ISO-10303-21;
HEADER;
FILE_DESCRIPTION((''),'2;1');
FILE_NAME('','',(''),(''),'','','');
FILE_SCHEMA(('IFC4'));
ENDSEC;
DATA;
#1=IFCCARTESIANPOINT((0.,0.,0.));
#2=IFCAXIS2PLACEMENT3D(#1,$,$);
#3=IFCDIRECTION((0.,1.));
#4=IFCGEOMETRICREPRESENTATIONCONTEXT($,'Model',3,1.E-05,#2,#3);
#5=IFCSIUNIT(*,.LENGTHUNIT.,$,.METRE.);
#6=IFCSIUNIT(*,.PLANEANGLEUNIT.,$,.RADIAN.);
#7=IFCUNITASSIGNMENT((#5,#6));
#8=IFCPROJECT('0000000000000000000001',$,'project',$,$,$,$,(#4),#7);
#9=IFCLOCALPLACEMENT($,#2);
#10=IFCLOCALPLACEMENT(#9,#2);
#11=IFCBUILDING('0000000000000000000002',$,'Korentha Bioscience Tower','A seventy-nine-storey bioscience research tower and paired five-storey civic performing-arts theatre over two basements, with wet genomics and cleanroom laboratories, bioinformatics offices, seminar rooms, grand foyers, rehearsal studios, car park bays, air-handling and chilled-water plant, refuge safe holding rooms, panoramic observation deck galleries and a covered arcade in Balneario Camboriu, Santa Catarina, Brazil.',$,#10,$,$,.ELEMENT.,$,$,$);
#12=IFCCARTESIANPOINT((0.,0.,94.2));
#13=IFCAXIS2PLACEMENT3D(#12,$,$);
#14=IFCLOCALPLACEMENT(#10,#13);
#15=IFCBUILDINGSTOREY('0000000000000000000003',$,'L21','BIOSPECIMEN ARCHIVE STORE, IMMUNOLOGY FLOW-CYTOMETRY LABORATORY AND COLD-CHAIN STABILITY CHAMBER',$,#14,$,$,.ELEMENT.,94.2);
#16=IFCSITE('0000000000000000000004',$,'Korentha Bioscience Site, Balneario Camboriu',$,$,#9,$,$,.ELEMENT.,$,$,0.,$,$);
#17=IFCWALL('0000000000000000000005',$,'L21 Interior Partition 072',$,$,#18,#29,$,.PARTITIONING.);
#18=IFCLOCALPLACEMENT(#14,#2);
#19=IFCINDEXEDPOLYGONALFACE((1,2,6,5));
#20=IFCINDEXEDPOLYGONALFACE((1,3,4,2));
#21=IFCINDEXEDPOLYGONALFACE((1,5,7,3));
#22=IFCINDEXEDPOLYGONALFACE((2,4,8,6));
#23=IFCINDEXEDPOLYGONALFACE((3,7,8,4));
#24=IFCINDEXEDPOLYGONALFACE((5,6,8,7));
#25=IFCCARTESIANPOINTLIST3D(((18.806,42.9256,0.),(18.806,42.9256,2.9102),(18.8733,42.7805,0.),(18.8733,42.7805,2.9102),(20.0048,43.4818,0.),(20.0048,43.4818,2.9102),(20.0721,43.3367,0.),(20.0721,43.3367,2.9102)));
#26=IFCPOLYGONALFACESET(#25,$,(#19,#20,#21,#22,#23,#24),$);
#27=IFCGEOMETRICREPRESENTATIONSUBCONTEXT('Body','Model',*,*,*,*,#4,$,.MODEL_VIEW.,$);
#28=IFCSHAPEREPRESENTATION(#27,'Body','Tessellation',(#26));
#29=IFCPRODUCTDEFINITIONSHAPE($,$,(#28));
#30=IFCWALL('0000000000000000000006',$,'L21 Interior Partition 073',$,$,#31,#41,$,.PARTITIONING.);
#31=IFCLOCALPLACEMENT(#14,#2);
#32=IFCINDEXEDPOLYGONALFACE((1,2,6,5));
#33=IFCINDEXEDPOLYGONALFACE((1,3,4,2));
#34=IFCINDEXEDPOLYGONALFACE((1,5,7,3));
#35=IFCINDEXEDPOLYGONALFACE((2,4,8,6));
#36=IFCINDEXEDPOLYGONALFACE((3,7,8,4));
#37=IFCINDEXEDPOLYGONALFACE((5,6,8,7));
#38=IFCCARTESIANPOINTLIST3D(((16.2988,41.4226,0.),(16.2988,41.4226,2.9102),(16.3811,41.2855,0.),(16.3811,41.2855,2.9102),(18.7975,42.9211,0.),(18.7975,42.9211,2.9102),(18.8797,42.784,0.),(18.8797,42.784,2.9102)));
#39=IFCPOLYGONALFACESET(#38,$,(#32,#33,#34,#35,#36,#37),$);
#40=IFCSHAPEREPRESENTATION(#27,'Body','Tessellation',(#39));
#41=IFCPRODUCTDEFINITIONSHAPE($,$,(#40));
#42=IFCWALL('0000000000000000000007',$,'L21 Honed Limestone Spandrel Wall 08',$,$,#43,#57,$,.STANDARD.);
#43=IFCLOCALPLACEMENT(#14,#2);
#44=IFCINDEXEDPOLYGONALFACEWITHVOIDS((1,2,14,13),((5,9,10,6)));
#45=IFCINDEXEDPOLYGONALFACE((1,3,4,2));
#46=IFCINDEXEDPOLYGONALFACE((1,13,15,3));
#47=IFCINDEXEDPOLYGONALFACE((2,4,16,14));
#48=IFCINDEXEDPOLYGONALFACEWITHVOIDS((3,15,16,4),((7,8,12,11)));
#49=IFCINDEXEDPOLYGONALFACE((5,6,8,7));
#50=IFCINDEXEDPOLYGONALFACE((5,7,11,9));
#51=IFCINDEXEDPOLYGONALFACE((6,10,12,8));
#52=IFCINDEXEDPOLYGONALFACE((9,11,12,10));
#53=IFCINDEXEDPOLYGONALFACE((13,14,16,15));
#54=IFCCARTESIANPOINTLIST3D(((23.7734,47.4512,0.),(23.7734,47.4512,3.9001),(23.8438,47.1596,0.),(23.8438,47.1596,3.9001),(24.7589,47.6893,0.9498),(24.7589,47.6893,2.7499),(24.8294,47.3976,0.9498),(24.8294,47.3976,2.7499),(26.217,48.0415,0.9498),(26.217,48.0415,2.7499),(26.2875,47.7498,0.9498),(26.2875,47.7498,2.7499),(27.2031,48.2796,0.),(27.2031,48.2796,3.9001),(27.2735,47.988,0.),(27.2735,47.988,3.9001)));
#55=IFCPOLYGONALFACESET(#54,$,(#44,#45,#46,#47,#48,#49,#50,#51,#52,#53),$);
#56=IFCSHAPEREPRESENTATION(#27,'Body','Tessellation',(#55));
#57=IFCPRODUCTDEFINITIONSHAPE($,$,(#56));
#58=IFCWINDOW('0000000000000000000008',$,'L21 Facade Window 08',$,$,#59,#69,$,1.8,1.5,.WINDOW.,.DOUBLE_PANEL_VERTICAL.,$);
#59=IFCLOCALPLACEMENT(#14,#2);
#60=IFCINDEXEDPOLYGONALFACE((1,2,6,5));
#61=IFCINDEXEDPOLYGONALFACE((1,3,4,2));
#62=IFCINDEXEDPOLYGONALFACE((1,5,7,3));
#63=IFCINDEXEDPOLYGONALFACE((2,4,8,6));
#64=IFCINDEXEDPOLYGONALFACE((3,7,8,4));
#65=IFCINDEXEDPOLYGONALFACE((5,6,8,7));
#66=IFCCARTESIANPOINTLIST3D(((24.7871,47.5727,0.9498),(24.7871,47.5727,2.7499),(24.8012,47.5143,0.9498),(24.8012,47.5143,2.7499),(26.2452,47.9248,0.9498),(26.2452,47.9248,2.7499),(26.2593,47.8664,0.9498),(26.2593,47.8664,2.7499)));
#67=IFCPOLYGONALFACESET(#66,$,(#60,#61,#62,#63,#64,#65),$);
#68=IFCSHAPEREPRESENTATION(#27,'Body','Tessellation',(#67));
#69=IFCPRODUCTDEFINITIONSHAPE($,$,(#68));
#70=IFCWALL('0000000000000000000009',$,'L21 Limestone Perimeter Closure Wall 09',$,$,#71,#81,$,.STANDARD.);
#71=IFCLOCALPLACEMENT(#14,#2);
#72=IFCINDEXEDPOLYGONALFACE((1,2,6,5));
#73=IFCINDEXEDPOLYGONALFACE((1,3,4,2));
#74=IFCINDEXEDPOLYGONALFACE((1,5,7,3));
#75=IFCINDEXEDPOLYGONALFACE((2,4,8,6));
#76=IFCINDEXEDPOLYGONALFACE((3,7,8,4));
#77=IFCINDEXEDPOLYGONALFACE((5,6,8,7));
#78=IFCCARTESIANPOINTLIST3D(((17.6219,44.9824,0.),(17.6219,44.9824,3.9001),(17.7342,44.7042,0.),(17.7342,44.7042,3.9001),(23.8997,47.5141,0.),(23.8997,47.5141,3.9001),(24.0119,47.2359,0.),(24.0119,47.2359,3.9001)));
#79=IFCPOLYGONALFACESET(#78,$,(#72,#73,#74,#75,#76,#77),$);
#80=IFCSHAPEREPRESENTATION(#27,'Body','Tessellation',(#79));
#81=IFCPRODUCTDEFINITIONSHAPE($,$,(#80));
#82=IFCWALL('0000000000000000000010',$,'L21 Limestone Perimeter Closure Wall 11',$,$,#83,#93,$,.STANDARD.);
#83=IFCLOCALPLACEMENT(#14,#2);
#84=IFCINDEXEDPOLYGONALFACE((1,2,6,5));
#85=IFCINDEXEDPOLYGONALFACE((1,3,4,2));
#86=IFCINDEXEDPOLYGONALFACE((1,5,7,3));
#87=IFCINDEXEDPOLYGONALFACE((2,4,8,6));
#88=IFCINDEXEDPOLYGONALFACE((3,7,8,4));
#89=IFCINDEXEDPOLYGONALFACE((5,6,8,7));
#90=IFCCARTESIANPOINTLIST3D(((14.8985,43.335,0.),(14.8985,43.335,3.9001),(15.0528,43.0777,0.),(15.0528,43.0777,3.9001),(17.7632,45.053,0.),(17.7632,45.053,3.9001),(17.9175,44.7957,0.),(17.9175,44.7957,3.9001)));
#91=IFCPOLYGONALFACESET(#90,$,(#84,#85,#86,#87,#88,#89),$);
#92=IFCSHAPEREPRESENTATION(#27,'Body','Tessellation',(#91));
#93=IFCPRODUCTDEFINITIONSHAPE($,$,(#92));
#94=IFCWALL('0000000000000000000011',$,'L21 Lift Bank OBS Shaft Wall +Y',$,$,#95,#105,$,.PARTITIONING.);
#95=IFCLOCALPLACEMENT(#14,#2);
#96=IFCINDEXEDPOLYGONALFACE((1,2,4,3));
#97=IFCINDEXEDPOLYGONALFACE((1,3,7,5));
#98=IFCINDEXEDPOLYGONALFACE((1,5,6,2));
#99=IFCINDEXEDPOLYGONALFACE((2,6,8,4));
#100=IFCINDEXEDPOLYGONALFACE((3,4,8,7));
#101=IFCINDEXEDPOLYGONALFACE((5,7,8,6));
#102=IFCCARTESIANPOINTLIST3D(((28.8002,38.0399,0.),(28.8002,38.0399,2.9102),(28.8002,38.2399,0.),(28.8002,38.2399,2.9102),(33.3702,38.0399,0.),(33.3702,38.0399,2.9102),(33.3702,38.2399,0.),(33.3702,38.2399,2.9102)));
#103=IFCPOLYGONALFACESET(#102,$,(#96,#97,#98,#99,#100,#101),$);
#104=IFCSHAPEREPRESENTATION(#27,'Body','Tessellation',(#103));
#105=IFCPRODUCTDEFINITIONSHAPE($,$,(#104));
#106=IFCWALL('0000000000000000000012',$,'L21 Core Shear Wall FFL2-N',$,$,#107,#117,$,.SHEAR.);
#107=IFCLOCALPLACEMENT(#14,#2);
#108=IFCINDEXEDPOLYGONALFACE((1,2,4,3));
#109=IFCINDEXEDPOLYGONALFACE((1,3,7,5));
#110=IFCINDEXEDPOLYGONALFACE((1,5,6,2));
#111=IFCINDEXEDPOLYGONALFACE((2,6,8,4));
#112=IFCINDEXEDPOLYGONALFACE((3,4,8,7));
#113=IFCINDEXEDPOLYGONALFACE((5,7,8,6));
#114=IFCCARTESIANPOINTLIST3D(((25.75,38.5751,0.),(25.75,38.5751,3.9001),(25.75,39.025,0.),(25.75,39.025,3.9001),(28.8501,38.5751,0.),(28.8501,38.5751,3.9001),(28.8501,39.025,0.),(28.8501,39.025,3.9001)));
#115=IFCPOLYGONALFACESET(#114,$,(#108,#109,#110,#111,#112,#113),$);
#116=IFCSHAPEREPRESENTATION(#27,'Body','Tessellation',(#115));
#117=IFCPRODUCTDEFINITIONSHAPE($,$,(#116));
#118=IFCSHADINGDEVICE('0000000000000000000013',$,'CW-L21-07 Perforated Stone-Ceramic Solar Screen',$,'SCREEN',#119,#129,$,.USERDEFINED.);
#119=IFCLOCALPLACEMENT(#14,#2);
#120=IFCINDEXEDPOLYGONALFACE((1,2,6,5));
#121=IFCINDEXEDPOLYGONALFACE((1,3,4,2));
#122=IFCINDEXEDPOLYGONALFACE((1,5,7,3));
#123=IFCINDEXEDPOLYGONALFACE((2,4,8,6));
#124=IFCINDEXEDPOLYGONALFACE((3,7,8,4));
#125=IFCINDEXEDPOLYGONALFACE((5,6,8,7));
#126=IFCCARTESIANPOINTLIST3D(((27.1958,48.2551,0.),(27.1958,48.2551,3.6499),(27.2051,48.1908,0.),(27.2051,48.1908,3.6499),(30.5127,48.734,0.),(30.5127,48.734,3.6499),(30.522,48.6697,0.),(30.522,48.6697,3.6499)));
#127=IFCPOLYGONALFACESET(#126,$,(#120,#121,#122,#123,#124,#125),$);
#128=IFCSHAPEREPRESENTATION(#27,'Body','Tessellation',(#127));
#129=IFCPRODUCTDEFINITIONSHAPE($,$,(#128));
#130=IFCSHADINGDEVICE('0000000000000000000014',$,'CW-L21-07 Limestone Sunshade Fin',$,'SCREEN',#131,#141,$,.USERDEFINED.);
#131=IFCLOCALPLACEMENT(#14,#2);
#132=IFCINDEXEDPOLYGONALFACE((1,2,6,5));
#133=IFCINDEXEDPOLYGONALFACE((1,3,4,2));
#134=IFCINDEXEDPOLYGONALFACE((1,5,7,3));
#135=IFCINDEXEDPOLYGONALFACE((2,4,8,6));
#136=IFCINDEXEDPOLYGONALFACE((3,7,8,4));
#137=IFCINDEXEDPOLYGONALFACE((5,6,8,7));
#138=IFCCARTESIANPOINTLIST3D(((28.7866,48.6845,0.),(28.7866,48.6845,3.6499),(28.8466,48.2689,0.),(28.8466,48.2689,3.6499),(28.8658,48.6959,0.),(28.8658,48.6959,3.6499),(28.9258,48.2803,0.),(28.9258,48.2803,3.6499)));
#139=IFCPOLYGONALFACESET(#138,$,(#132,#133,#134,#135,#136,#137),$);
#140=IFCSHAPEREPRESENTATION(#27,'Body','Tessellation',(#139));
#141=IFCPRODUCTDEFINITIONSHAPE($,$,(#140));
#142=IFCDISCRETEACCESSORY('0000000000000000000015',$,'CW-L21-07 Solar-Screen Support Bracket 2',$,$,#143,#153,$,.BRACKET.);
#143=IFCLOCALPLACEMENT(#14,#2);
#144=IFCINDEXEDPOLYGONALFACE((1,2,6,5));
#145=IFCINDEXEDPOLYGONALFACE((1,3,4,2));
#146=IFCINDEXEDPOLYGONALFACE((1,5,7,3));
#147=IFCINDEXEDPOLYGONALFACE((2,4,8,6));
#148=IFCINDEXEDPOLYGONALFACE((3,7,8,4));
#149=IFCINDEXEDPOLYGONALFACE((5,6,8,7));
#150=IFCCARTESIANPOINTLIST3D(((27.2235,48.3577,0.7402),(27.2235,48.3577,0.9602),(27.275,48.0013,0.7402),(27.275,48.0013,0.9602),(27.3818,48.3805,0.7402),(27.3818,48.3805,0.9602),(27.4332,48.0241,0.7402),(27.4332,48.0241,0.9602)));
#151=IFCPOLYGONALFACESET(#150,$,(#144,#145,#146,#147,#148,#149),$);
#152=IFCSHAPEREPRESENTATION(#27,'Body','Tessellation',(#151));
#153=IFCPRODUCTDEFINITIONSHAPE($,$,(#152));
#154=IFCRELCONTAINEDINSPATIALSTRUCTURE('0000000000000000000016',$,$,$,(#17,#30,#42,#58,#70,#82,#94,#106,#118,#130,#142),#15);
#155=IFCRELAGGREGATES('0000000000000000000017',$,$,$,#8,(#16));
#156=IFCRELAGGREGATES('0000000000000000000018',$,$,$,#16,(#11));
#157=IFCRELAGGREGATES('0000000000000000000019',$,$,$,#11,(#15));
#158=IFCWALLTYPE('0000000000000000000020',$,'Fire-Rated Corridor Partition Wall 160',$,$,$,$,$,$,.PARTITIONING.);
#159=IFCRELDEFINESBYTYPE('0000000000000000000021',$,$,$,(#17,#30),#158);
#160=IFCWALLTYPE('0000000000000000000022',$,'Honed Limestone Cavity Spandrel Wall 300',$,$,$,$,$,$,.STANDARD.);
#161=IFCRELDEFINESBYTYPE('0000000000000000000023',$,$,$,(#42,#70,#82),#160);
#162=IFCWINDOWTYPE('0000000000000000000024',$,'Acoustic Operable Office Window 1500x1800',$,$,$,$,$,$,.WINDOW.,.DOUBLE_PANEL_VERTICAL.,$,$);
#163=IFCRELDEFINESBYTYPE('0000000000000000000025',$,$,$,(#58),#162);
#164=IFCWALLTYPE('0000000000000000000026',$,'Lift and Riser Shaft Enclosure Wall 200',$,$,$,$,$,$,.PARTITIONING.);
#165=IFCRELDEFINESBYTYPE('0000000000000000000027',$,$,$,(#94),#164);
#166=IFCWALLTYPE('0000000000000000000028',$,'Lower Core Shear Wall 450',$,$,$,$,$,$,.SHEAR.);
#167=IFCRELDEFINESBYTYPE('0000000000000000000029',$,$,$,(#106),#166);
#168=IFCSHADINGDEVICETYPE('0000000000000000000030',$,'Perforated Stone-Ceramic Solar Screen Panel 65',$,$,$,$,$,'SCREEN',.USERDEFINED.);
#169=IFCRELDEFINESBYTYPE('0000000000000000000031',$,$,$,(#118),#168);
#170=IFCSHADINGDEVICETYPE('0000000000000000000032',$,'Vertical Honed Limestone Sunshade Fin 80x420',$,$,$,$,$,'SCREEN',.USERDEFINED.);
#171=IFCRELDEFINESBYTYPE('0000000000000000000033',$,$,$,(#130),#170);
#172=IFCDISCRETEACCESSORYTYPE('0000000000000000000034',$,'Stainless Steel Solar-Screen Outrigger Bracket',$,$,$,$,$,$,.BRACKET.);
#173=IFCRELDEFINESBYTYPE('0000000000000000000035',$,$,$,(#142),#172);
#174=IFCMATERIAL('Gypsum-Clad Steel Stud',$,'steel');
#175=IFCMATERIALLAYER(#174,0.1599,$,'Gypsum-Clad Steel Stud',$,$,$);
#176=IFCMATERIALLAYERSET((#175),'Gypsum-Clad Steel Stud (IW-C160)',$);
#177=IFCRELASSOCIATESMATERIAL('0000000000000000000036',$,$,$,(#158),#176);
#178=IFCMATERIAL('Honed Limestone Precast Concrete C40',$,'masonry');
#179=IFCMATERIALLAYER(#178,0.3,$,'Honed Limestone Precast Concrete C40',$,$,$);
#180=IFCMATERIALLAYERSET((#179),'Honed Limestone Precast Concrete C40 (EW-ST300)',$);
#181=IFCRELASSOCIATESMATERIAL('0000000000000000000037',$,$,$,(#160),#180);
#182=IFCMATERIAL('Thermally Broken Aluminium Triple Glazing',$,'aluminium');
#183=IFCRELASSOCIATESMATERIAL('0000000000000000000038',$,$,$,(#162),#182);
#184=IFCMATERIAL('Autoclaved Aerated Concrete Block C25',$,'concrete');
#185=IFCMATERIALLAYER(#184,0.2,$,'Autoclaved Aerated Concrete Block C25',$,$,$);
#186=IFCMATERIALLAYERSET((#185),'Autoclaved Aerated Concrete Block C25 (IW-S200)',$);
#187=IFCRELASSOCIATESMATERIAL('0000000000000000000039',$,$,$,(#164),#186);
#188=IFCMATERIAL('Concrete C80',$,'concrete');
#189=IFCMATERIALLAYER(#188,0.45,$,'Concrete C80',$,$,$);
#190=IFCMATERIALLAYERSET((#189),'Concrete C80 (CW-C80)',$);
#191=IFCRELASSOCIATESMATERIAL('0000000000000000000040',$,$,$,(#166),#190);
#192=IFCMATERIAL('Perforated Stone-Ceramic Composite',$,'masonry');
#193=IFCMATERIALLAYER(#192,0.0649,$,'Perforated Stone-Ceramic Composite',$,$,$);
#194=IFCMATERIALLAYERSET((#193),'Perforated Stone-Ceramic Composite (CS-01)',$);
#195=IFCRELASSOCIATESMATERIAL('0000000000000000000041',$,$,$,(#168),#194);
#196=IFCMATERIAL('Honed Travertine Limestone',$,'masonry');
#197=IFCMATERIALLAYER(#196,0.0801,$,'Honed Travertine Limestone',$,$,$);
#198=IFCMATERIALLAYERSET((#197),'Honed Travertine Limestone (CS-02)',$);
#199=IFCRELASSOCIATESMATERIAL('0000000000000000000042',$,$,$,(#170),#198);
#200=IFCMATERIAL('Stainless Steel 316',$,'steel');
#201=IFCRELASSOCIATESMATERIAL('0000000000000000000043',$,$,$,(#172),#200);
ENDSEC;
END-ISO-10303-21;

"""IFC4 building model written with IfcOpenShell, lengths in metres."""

from ifc_helpers import new_model, si_unit, direction, frame, frame_2d, origin, origin_2d, place, context, subcontext, project, spatial, rectangle, extrude, material, layer, layer_set, type_object, element, fill, save


model = new_model("IFC4")

# Units and contexts
model_context = context("Model", 3, precision=1e-05, world=origin(), true_north=direction((0.0, 1.0)))
body_context = subcontext(model_context, "Body", "Model", "MODEL_VIEW")
ifc_project = project(units=[si_unit("LENGTHUNIT", "METRE"), si_unit("PLANEANGLEUNIT", "RADIAN")], contexts=[model_context])

# Site, building, storey
site_placement = place(None, origin())
site = spatial("IfcSite", under=ifc_project, at=site_placement, Name="Korentha Bioscience Site, Balneario Camboriu", CompositionType="ELEMENT", RefElevation=0.0)
building_placement = place(site_placement, origin())
building = spatial("IfcBuilding", under=site, at=building_placement, Name="Korentha Bioscience Tower", Description="A seventy-nine-storey bioscience research tower and paired five-storey civic performing-arts theatre over two basements, with wet genomics and cleanroom laboratories, bioinformatics offices, seminar rooms, grand foyers, rehearsal studios, car park bays, air-handling and chilled-water plant, refuge safe holding rooms, panoramic observation deck galleries and a covered arcade in Balneario Camboriu, Santa Catarina, Brazil.", CompositionType="ELEMENT")
storey_placement = place(building_placement, frame((0.0, 0.0, 94.2)))
storey = spatial("IfcBuildingStorey", under=building, at=storey_placement, Name="L21", Description="BIOSPECIMEN ARCHIVE STORE, IMMUNOLOGY FLOW-CYTOMETRY LABORATORY AND COLD-CHAIN STABILITY CHAMBER", CompositionType="ELEMENT", Elevation=94.2)

# Shared definitions
ifc_material_1 = material(Name="Concrete C80", Category="concrete")

# Walls
ifc_material_2 = material(Name="Gypsum-Clad Steel Stud", Category="steel")
ifc_layer_1 = layer(ifc_material_2, 0.1599, Name="Gypsum-Clad Steel Stud")
ifc_layer_set_1 = layer_set([ifc_layer_1], Name="Gypsum-Clad Steel Stud (IW-C160)")
wall_type_1 = type_object("IfcWallType", Name="Fire-Rated Corridor Partition Wall 160", PredefinedType="PARTITIONING", material=ifc_layer_set_1)
wall_1_placement = place(storey_placement, frame((20.0383, 43.4092, 0.0), z_axis=(0.0, 0.0, 1.0), x_axis=(-0.907125, -0.420862, 0.0)))
element("IfcWall", 1, at=wall_1_placement, inside=storey, type_object=wall_type_1, Name="L21 Interior Partition 072", PredefinedType="PARTITIONING", context=body_context, shape_type="SweptSolid", body=[
    extrude(rectangle(XDim=1.3215, YDim=0.1599, at=frame_2d((0.6606, 0.0))), origin(), (0.0, 0.0, 1.0), 2.9102),
])
wall_2_placement = place(storey_placement, frame((18.8386, 42.8525, 0.0), z_axis=(0.0, 0.0, 1.0), x_axis=(-0.857604, -0.514311, 0.0)))
element("IfcWall", 2, at=wall_2_placement, inside=storey, type_object=wall_type_1, Name="L21 Interior Partition 073", PredefinedType="PARTITIONING", context=body_context, shape_type="SweptSolid", body=[
    extrude(rectangle(XDim=2.9136, YDim=0.1599, at=frame_2d((1.4568, 0.0))), origin(), (0.0, 0.0, 1.0), 2.9102),
])

# Wall, opening, window
ifc_material_3 = material(Name="Honed Limestone Precast Concrete C40", Category="masonry")
ifc_layer_2 = layer(ifc_material_3, 0.3, Name="Honed Limestone Precast Concrete C40")
ifc_layer_set_2 = layer_set([ifc_layer_2], Name="Honed Limestone Precast Concrete C40 (EW-ST300)")
wall_type_2 = type_object("IfcWallType", Name="Honed Limestone Cavity Spandrel Wall 300", PredefinedType="STANDARD", material=ifc_layer_set_2)
wall_3_placement = place(storey_placement, frame((27.2383, 48.1338, 0.0), z_axis=(0.0, 0.0, 1.0), x_axis=(-0.972049, -0.234778, 0.0)))
wall_3 = element("IfcWall", 3, at=wall_3_placement, inside=storey, type_object=wall_type_2, Name="L21 Honed Limestone Spandrel Wall 08", PredefinedType="STANDARD", context=body_context, shape_type="SweptSolid", body=[
    extrude(rectangle(XDim=3.5283, YDim=0.3, at=frame_2d((1.7642, 0.0))), origin(), (0.0, 0.0, 1.0), 3.9001),
])
opening_placement = place(wall_3_placement, frame((1.0144, 0.0, 0.95)))
opening = element("IfcOpeningElement", 4, at=opening_placement, cuts=wall_3, PredefinedType="OPENING", context=body_context, shape_type="SweptSolid", body=[
    extrude(rectangle(XDim=1.5, YDim=1.8, at=frame_2d((0.75, 0.8999))), frame((0.0, 0.165, 0.0), z_axis=(0.0, -1.0, 0.0), x_axis=(1.0, 0.0, 0.0)), (0.0, 0.0, 1.0), 0.3298),
])
ifc_material_4 = material(Name="Thermally Broken Aluminium Triple Glazing", Category="aluminium")
window_type = type_object("IfcWindowType", Name="Acoustic Operable Office Window 1500x1800", PartitioningType="DOUBLE_PANEL_VERTICAL", PredefinedType="WINDOW", material=ifc_material_4)
window_placement = place(opening_placement, origin())
window = element("IfcWindow", 5, at=window_placement, inside=storey, type_object=window_type, Name="L21 Facade Window 08", OverallHeight=1.8, OverallWidth=1.5, PartitioningType="DOUBLE_PANEL_VERTICAL", PredefinedType="WINDOW", context=body_context, shape_type="SweptSolid", body=[
    extrude(rectangle(XDim=1.5, YDim=1.8, at=frame_2d((0.75, 0.8999))), frame((0.0, 0.03, 0.0), z_axis=(0.0, -1.0, 0.0), x_axis=(1.0, 0.0, 0.0)), (0.0, 0.0, 1.0), 0.0601),
])
fill(opening, window)

# Walls
wall_4_placement = place(storey_placement, frame((23.9558, 47.375, 0.0), z_axis=(0.0, 0.0, 1.0), x_axis=(-0.927423, -0.374013, 0.0)))
element("IfcWall", 6, at=wall_4_placement, inside=storey, type_object=wall_type_2, Name="L21 Limestone Perimeter Closure Wall 09", PredefinedType="STANDARD", context=body_context, shape_type="SweptSolid", body=[
    extrude(rectangle(XDim=6.769, YDim=0.3, at=frame_2d((3.3845, 0.0))), origin(), (0.0, 0.0, 1.0), 3.9001),
])
wall_5_placement = place(storey_placement, frame((17.8403, 44.9243, 0.0), z_axis=(0.0, 0.0, 1.0), x_axis=(-0.857603, -0.514313, 0.0)))
element("IfcWall", 7, at=wall_5_placement, inside=storey, type_object=wall_type_2, Name="L21 Limestone Perimeter Closure Wall 11", PredefinedType="STANDARD", context=body_context, shape_type="SweptSolid", body=[
    extrude(rectangle(XDim=3.3403, YDim=0.3, at=frame_2d((1.6702, 0.0))), origin(), (0.0, 0.0, 1.0), 3.9001),
])
ifc_material_5 = material(Name="Autoclaved Aerated Concrete Block C25", Category="concrete")
ifc_layer_3 = layer(ifc_material_5, 0.2, Name="Autoclaved Aerated Concrete Block C25")
ifc_layer_set_3 = layer_set([ifc_layer_3], Name="Autoclaved Aerated Concrete Block C25 (IW-S200)")
wall_type_3 = type_object("IfcWallType", Name="Lift and Riser Shaft Enclosure Wall 200", PredefinedType="PARTITIONING", material=ifc_layer_set_3)
wall_6_placement = place(storey_placement, frame((28.8, 38.1399, 0.0), z_axis=(0.0, 0.0, 1.0), x_axis=(1.0, 0.0, 0.0)))
element("IfcWall", 8, at=wall_6_placement, inside=storey, type_object=wall_type_3, Name="L21 Lift Bank OBS Shaft Wall +Y", PredefinedType="PARTITIONING", context=body_context, shape_type="SweptSolid", body=[
    extrude(rectangle(XDim=4.5701, YDim=0.2, at=frame_2d((2.2852, 0.0))), origin(), (0.0, 0.0, 1.0), 2.9102),
])
ifc_layer_4 = layer(ifc_material_1, 0.45, Name="Concrete C80")
ifc_layer_set_4 = layer_set([ifc_layer_4], Name="Concrete C80 (CW-C80)")
wall_type_4 = type_object("IfcWallType", Name="Lower Core Shear Wall 450", PredefinedType="SHEAR", material=ifc_layer_set_4)
wall_7_placement = place(storey_placement, frame((25.75, 38.8, 0.0), z_axis=(0.0, 0.0, 1.0), x_axis=(1.0, 0.0, 0.0)))
element("IfcWall", 9, at=wall_7_placement, inside=storey, type_object=wall_type_4, Name="L21 Core Shear Wall FFL2-N", PredefinedType="SHEAR", context=body_context, shape_type="SweptSolid", body=[
    extrude(rectangle(XDim=3.1001, YDim=0.45, at=frame_2d((1.55, 0.0))), origin(), (0.0, 0.0, 1.0), 3.9001),
])

# Shading devices
ifc_material_6 = material(Name="Perforated Stone-Ceramic Composite", Category="masonry")
ifc_layer_5 = layer(ifc_material_6, 0.0649, Name="Perforated Stone-Ceramic Composite")
ifc_layer_set_5 = layer_set([ifc_layer_5], Name="Perforated Stone-Ceramic Composite (CS-01)")
shading_device_type_1 = type_object("IfcShadingDeviceType", Name="Perforated Stone-Ceramic Solar Screen Panel 65", ElementType="SCREEN", PredefinedType="USERDEFINED", material=ifc_layer_set_5)
shading_device_1_placement = place(storey_placement, frame((28.8589, 48.4624, 0.0), z_axis=(0.0, 0.0, 1.0), x_axis=(-0.989738, -0.142892, 0.0)))
element("IfcShadingDevice", 10, at=shading_device_1_placement, inside=storey, type_object=shading_device_type_1, Name="CW-L21-07 Perforated Stone-Ceramic Solar Screen", ObjectType="SCREEN", PredefinedType="USERDEFINED", context=body_context, shape_type="SweptSolid", body=[
    extrude(rectangle(XDim=3.3513, YDim=0.0649, at=origin_2d()), origin(), (0.0, 0.0, 1.0), 3.6499),
])
ifc_material_7 = material(Name="Honed Travertine Limestone", Category="masonry")
ifc_layer_6 = layer(ifc_material_7, 0.0801, Name="Honed Travertine Limestone")
ifc_layer_set_6 = layer_set([ifc_layer_6], Name="Honed Travertine Limestone (CS-02)")
shading_device_type_2 = type_object("IfcShadingDeviceType", Name="Vertical Honed Limestone Sunshade Fin 80x420", ElementType="SCREEN", PredefinedType="USERDEFINED", material=ifc_layer_set_6)
shading_device_2_placement = place(storey_placement, frame((28.8562, 48.4824, 0.0), z_axis=(0.0, 0.0, 1.0), x_axis=(-0.989738, -0.142892, 0.0)))
element("IfcShadingDevice", 11, at=shading_device_2_placement, inside=storey, type_object=shading_device_type_2, Name="CW-L21-07 Limestone Sunshade Fin", ObjectType="SCREEN", PredefinedType="USERDEFINED", context=body_context, shape_type="SweptSolid", body=[
    extrude(rectangle(XDim=0.0801, YDim=0.4199, at=origin_2d()), origin(), (0.0, 0.0, 1.0), 3.6499),
])

# Discrete accessory
ifc_material_8 = material(Name="Stainless Steel 316", Category="steel")
discrete_accessory_type = type_object("IfcDiscreteAccessoryType", Name="Stainless Steel Solar-Screen Outrigger Bracket", PredefinedType="BRACKET", material=ifc_material_8)
discrete_accessory_placement = place(storey_placement, frame((27.3284, 48.1909, 0.7402), z_axis=(0.0, 0.0, 1.0), x_axis=(-0.989738, -0.142892, 0.0)))
element("IfcDiscreteAccessory", 12, at=discrete_accessory_placement, inside=storey, type_object=discrete_accessory_type, Name="CW-L21-07 Solar-Screen Support Bracket 2", PredefinedType="BRACKET", context=body_context, shape_type="SweptSolid", body=[
    extrude(rectangle(XDim=0.1599, YDim=0.3601, at=origin_2d()), origin(), (0.0, 0.0, 1.0), 0.22),
])

save(model, "model.ifc")
